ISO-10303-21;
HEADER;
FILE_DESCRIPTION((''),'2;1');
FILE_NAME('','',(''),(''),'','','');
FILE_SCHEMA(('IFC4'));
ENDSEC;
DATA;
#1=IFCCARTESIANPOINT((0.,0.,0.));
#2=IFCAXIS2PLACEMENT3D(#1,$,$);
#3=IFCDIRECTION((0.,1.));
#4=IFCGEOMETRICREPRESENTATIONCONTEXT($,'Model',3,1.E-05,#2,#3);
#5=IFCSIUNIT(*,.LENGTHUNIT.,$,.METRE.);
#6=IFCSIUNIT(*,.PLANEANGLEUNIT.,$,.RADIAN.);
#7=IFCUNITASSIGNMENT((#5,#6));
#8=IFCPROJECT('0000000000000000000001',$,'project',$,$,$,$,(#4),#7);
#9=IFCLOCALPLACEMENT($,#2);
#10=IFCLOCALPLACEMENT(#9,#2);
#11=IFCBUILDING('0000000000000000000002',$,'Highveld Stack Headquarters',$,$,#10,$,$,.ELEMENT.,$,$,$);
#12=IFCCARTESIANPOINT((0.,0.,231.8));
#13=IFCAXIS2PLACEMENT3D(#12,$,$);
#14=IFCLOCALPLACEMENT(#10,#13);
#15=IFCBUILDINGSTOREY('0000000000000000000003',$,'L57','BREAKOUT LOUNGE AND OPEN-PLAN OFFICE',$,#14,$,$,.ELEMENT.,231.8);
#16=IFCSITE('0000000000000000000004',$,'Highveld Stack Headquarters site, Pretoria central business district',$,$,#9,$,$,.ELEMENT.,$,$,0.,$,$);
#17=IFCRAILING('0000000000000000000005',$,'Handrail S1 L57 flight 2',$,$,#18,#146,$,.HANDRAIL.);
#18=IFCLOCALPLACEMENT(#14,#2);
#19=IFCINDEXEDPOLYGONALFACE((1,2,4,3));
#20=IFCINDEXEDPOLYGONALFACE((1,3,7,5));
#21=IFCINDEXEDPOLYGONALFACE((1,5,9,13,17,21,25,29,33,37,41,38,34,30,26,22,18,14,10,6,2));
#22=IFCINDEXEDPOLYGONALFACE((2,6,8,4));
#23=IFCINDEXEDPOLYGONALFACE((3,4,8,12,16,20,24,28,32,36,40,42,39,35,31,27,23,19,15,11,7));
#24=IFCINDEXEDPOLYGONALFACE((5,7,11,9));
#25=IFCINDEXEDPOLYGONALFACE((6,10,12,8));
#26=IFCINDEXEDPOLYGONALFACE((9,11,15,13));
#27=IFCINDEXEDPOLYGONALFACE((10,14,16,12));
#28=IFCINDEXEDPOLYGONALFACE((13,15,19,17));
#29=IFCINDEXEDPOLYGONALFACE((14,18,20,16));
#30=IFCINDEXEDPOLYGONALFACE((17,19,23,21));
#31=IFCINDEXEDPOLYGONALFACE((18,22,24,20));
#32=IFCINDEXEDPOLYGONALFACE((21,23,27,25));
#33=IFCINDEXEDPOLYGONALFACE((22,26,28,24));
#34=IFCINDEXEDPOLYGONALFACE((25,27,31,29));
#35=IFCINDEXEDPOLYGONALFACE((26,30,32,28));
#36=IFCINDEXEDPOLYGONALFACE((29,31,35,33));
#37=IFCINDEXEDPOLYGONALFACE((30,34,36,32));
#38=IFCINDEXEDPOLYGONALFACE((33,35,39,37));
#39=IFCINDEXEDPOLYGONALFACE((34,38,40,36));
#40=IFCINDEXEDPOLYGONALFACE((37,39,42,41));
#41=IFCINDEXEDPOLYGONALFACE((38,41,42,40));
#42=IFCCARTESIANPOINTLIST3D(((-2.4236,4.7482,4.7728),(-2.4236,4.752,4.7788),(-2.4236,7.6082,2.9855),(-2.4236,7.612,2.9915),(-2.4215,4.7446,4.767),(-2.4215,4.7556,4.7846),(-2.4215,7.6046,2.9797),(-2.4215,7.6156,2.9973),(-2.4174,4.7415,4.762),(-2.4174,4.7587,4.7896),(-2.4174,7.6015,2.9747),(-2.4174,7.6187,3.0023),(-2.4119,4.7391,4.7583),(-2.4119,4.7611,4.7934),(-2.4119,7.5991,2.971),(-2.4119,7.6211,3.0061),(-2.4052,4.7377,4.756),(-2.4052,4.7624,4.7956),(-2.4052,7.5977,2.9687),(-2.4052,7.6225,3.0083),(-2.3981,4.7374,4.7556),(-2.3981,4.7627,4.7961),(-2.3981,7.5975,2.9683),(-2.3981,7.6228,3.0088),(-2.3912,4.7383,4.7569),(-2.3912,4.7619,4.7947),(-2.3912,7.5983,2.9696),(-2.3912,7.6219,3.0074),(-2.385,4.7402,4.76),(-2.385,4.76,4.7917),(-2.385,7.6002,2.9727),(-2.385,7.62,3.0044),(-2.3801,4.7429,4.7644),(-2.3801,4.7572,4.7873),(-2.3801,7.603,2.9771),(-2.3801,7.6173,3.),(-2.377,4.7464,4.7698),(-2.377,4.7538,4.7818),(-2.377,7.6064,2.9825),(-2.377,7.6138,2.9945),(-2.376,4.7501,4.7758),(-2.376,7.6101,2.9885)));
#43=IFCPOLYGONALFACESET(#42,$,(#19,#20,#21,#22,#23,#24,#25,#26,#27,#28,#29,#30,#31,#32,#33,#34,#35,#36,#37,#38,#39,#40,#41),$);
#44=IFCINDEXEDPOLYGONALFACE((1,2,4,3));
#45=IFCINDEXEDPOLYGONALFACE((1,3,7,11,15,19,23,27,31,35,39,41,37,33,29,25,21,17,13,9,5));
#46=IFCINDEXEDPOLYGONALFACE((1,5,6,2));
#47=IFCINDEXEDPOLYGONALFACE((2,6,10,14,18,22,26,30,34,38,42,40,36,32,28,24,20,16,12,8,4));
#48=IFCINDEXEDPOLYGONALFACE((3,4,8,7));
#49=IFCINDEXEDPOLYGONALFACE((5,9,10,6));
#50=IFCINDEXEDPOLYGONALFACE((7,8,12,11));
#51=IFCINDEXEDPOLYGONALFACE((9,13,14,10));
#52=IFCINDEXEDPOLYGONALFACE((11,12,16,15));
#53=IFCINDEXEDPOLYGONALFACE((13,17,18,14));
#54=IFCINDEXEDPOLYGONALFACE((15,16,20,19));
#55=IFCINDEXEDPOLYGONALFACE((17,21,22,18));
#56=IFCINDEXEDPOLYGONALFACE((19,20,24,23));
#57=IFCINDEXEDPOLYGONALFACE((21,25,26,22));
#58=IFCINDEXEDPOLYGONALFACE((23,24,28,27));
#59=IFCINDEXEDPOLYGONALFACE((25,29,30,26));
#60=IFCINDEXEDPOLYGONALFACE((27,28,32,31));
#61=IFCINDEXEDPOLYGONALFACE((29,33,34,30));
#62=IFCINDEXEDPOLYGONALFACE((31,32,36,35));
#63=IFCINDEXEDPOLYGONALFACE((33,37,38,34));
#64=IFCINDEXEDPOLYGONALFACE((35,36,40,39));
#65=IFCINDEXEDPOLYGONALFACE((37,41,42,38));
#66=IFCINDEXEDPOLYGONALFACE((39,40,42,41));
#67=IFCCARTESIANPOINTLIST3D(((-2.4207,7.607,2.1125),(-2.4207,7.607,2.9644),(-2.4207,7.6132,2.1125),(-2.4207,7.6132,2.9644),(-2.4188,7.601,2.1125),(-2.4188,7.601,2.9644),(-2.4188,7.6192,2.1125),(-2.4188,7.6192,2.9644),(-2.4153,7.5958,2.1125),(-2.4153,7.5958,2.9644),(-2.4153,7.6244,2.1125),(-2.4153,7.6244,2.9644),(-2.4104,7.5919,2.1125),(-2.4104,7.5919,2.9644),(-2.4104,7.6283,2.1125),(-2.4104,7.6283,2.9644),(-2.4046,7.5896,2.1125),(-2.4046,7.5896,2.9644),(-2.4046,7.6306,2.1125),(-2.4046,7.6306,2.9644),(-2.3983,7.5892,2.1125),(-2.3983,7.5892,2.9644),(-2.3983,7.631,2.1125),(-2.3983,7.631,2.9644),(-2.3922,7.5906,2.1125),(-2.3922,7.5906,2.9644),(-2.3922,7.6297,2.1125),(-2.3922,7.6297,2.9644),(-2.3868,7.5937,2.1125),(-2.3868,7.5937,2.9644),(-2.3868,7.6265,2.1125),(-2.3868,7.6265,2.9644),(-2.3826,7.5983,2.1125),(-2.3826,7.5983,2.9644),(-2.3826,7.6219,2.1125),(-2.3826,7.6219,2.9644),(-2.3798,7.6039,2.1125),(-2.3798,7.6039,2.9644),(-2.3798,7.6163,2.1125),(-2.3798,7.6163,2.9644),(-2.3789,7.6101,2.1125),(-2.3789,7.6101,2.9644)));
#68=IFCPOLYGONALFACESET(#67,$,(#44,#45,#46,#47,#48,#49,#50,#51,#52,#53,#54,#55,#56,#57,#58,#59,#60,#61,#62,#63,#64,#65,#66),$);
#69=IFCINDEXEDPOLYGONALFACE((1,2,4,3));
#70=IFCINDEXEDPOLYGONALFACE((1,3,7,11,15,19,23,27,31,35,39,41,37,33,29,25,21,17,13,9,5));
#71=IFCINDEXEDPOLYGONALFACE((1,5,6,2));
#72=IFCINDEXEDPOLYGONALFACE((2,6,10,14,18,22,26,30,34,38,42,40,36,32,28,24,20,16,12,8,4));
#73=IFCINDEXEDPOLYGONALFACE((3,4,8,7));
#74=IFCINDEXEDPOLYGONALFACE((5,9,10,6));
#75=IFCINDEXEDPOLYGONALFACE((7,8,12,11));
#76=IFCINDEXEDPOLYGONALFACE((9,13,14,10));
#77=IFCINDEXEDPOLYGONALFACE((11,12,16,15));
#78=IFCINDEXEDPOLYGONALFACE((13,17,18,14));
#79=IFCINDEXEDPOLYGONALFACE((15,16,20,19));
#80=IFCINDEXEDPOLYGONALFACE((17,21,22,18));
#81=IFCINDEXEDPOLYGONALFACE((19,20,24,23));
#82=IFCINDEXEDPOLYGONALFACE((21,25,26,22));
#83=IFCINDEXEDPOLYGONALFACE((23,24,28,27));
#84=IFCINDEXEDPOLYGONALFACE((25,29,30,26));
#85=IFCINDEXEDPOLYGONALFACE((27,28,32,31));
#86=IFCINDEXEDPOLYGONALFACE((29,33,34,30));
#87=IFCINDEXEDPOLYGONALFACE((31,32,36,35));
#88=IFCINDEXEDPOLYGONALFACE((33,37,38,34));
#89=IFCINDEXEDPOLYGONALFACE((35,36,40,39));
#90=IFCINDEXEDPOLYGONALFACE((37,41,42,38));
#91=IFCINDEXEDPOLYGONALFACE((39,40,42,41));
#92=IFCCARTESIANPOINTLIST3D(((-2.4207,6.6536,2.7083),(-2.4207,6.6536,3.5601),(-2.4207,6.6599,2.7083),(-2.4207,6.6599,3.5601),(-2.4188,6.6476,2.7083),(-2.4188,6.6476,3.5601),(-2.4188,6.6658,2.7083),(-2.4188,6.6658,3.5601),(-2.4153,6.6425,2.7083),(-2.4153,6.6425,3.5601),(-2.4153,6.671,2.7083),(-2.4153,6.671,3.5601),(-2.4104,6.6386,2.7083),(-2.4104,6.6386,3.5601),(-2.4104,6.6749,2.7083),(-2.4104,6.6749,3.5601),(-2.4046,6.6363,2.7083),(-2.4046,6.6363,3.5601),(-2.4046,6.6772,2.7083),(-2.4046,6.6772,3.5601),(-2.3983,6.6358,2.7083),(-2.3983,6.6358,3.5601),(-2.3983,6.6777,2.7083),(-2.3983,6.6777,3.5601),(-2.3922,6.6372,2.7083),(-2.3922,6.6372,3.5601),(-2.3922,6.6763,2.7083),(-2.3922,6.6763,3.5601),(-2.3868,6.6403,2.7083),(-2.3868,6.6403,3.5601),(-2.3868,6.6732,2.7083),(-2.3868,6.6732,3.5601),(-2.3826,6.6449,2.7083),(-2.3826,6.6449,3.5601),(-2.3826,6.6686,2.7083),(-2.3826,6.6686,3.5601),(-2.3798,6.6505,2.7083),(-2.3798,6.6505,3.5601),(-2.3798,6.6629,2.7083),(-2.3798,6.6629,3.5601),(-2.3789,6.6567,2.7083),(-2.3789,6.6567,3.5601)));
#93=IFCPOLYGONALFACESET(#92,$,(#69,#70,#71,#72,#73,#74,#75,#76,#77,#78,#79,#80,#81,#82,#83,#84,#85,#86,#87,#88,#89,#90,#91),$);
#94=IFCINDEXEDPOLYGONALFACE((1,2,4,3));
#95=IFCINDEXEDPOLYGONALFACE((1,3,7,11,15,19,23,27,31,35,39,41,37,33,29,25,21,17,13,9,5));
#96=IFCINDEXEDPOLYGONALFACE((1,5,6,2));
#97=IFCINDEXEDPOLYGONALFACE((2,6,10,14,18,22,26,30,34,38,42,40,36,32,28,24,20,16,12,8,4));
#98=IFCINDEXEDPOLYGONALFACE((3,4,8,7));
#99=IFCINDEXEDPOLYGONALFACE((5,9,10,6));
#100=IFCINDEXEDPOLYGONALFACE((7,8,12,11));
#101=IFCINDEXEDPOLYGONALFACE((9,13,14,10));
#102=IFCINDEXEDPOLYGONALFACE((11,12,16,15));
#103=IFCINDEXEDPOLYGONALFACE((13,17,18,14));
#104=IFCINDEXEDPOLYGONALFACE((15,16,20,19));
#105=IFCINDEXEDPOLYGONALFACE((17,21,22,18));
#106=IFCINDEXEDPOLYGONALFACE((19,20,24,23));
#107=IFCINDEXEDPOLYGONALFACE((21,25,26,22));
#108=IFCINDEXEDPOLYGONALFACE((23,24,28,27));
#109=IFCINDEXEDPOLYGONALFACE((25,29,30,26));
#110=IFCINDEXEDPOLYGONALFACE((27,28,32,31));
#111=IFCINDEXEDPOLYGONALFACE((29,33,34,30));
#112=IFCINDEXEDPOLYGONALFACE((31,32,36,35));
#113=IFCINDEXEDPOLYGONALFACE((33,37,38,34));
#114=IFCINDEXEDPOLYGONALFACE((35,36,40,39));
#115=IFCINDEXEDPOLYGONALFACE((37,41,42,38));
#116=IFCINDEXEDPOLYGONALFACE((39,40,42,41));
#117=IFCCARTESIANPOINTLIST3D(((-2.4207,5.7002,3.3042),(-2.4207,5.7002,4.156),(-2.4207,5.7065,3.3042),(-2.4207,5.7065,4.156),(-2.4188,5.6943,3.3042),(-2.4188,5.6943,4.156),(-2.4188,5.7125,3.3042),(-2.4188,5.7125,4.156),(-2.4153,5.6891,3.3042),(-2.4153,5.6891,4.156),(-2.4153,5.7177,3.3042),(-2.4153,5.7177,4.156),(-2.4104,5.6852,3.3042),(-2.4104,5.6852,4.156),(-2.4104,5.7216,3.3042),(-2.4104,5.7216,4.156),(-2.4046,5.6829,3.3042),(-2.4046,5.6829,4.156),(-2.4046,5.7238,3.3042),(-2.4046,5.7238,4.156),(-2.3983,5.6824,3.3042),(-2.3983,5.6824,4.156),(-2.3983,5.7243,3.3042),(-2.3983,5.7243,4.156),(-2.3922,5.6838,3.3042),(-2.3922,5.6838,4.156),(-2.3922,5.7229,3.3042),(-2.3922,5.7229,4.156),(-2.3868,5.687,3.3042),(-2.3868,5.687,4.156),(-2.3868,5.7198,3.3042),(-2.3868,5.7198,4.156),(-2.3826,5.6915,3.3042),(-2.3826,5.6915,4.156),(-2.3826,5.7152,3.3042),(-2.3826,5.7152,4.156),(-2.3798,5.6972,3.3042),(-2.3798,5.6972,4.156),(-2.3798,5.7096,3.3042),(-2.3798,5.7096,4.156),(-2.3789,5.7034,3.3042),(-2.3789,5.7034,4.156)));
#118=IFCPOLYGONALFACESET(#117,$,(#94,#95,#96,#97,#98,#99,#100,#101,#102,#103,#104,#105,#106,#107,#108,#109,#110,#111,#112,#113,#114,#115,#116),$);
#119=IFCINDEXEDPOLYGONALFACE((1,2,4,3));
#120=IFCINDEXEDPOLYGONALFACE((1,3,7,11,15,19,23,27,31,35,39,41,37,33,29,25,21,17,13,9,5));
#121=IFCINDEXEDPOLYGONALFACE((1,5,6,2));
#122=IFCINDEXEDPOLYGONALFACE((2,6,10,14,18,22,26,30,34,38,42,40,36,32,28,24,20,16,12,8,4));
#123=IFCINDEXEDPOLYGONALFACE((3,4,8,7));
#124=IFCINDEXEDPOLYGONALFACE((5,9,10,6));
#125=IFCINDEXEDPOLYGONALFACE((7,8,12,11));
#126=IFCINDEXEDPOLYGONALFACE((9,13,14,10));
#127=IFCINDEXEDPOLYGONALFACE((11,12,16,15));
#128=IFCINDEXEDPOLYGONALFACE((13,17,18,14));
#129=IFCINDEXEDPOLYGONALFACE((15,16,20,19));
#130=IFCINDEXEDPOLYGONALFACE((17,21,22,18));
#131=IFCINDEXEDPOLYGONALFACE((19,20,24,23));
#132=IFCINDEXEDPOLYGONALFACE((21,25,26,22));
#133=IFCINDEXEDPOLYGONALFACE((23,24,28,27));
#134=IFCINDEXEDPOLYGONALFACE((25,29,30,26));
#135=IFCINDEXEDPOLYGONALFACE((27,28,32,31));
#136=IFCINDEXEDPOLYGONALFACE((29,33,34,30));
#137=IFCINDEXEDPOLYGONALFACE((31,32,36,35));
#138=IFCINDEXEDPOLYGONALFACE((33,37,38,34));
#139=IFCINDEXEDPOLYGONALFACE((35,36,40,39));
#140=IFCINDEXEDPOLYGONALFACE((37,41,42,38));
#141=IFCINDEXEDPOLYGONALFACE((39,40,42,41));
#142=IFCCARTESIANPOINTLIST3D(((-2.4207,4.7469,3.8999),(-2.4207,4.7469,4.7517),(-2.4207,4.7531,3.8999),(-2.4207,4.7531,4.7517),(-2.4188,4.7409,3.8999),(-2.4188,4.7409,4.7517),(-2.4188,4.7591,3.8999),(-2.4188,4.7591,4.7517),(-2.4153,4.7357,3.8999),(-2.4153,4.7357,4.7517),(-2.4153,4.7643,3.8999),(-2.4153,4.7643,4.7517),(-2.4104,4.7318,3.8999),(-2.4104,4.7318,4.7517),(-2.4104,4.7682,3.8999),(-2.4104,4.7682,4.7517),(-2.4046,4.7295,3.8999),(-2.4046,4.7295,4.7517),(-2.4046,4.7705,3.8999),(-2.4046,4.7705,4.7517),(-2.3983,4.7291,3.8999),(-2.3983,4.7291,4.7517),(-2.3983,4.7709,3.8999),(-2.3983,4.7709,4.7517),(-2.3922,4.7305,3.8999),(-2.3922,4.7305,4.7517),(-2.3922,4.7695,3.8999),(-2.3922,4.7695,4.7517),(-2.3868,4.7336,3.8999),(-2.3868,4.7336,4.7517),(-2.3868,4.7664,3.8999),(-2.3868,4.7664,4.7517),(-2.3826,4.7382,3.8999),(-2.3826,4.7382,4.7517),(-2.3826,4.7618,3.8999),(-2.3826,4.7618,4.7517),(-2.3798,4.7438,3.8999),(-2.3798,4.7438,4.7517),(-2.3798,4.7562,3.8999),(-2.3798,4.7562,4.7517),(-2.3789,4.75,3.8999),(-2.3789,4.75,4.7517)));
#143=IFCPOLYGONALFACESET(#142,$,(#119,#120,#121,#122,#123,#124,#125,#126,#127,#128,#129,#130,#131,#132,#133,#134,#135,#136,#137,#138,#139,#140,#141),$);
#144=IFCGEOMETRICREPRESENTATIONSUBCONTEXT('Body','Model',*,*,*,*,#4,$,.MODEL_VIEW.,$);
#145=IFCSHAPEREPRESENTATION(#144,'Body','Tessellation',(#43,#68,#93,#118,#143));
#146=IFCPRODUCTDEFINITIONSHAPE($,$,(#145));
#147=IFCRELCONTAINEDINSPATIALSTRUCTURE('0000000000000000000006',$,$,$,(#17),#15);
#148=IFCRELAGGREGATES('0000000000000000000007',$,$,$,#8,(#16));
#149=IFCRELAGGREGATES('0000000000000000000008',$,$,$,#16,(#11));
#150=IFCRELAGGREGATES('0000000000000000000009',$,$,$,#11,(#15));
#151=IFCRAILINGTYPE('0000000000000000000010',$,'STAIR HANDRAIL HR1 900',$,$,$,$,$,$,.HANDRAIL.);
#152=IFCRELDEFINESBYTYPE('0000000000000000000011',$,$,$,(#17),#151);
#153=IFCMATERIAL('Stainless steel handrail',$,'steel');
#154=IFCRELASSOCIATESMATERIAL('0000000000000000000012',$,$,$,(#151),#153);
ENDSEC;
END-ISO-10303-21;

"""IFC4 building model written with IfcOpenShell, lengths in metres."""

from ifc_helpers import new_model, si_unit, direction, frame, origin, origin_2d, place, context, subcontext, project, spatial, circle, extrude, material, type_object, element, save


model = new_model("IFC4")

# Units and contexts
model_context = context("Model", 3, precision=1e-05, world=origin(), true_north=direction((0.0, 1.0)))
body_context = subcontext(model_context, "Body", "Model", "MODEL_VIEW")
ifc_project = project(units=[si_unit("LENGTHUNIT", "METRE"), si_unit("PLANEANGLEUNIT", "RADIAN")], contexts=[model_context])

# Site, building, storey
site_placement = place(None, origin())
site = spatial("IfcSite", under=ifc_project, at=site_placement, Name="Highveld Stack Headquarters site, Pretoria central business district", CompositionType="ELEMENT", RefElevation=0.0)
building_placement = place(site_placement, origin())
building = spatial("IfcBuilding", under=site, at=building_placement, Name="Highveld Stack Headquarters", CompositionType="ELEMENT")
storey_placement = place(building_placement, frame((0.0, 0.0, 231.8)))
storey = spatial("IfcBuildingStorey", under=building, at=storey_placement, Name="L57", Description="BREAKOUT LOUNGE AND OPEN-PLAN OFFICE", CompositionType="ELEMENT", Elevation=231.8)

# Railing
ifc_material_1 = material(Name="Stainless steel handrail", Category="steel")
railing_type = type_object("IfcRailingType", Name="STAIR HANDRAIL HR1 900", PredefinedType="HANDRAIL", material=ifc_material_1)
for number, where, name in (
    (1, (-2.3999, 7.6101, 2.1125), "Handrail S1 L57 flight 2"),
):
    element("IfcRailing", number, at=place(storey_placement, frame(where)), inside=storey, type_object=railing_type, Name=name, PredefinedType="HANDRAIL", context=body_context, shape_type="SweptSolid", body=[
        extrude(circle(Radius=0.0239, at=origin_2d()), frame((0.0, 0.0, 0.876), z_axis=(0.0, -0.848027, 0.529953), x_axis=(1.0, 0.0, 0.0)), (0.0, 0.0, 1.0), 3.3726),
        extrude(circle(Radius=0.021, at=origin_2d()), origin(), (0.0, 0.0, 1.0), 0.8518),
        extrude(circle(Radius=0.021, at=origin_2d()), frame((0.0, -0.9534, 0.5957)), (0.0, 0.0, 1.0), 0.8518),
        extrude(circle(Radius=0.021, at=origin_2d()), frame((0.0, -1.9067, 1.1917)), (0.0, 0.0, 1.0), 0.8518),
        extrude(circle(Radius=0.021, at=origin_2d()), frame((0.0, -2.8601, 1.7874)), (0.0, 0.0, 1.0), 0.8518),
    ])

save(model, "model.ifc")
